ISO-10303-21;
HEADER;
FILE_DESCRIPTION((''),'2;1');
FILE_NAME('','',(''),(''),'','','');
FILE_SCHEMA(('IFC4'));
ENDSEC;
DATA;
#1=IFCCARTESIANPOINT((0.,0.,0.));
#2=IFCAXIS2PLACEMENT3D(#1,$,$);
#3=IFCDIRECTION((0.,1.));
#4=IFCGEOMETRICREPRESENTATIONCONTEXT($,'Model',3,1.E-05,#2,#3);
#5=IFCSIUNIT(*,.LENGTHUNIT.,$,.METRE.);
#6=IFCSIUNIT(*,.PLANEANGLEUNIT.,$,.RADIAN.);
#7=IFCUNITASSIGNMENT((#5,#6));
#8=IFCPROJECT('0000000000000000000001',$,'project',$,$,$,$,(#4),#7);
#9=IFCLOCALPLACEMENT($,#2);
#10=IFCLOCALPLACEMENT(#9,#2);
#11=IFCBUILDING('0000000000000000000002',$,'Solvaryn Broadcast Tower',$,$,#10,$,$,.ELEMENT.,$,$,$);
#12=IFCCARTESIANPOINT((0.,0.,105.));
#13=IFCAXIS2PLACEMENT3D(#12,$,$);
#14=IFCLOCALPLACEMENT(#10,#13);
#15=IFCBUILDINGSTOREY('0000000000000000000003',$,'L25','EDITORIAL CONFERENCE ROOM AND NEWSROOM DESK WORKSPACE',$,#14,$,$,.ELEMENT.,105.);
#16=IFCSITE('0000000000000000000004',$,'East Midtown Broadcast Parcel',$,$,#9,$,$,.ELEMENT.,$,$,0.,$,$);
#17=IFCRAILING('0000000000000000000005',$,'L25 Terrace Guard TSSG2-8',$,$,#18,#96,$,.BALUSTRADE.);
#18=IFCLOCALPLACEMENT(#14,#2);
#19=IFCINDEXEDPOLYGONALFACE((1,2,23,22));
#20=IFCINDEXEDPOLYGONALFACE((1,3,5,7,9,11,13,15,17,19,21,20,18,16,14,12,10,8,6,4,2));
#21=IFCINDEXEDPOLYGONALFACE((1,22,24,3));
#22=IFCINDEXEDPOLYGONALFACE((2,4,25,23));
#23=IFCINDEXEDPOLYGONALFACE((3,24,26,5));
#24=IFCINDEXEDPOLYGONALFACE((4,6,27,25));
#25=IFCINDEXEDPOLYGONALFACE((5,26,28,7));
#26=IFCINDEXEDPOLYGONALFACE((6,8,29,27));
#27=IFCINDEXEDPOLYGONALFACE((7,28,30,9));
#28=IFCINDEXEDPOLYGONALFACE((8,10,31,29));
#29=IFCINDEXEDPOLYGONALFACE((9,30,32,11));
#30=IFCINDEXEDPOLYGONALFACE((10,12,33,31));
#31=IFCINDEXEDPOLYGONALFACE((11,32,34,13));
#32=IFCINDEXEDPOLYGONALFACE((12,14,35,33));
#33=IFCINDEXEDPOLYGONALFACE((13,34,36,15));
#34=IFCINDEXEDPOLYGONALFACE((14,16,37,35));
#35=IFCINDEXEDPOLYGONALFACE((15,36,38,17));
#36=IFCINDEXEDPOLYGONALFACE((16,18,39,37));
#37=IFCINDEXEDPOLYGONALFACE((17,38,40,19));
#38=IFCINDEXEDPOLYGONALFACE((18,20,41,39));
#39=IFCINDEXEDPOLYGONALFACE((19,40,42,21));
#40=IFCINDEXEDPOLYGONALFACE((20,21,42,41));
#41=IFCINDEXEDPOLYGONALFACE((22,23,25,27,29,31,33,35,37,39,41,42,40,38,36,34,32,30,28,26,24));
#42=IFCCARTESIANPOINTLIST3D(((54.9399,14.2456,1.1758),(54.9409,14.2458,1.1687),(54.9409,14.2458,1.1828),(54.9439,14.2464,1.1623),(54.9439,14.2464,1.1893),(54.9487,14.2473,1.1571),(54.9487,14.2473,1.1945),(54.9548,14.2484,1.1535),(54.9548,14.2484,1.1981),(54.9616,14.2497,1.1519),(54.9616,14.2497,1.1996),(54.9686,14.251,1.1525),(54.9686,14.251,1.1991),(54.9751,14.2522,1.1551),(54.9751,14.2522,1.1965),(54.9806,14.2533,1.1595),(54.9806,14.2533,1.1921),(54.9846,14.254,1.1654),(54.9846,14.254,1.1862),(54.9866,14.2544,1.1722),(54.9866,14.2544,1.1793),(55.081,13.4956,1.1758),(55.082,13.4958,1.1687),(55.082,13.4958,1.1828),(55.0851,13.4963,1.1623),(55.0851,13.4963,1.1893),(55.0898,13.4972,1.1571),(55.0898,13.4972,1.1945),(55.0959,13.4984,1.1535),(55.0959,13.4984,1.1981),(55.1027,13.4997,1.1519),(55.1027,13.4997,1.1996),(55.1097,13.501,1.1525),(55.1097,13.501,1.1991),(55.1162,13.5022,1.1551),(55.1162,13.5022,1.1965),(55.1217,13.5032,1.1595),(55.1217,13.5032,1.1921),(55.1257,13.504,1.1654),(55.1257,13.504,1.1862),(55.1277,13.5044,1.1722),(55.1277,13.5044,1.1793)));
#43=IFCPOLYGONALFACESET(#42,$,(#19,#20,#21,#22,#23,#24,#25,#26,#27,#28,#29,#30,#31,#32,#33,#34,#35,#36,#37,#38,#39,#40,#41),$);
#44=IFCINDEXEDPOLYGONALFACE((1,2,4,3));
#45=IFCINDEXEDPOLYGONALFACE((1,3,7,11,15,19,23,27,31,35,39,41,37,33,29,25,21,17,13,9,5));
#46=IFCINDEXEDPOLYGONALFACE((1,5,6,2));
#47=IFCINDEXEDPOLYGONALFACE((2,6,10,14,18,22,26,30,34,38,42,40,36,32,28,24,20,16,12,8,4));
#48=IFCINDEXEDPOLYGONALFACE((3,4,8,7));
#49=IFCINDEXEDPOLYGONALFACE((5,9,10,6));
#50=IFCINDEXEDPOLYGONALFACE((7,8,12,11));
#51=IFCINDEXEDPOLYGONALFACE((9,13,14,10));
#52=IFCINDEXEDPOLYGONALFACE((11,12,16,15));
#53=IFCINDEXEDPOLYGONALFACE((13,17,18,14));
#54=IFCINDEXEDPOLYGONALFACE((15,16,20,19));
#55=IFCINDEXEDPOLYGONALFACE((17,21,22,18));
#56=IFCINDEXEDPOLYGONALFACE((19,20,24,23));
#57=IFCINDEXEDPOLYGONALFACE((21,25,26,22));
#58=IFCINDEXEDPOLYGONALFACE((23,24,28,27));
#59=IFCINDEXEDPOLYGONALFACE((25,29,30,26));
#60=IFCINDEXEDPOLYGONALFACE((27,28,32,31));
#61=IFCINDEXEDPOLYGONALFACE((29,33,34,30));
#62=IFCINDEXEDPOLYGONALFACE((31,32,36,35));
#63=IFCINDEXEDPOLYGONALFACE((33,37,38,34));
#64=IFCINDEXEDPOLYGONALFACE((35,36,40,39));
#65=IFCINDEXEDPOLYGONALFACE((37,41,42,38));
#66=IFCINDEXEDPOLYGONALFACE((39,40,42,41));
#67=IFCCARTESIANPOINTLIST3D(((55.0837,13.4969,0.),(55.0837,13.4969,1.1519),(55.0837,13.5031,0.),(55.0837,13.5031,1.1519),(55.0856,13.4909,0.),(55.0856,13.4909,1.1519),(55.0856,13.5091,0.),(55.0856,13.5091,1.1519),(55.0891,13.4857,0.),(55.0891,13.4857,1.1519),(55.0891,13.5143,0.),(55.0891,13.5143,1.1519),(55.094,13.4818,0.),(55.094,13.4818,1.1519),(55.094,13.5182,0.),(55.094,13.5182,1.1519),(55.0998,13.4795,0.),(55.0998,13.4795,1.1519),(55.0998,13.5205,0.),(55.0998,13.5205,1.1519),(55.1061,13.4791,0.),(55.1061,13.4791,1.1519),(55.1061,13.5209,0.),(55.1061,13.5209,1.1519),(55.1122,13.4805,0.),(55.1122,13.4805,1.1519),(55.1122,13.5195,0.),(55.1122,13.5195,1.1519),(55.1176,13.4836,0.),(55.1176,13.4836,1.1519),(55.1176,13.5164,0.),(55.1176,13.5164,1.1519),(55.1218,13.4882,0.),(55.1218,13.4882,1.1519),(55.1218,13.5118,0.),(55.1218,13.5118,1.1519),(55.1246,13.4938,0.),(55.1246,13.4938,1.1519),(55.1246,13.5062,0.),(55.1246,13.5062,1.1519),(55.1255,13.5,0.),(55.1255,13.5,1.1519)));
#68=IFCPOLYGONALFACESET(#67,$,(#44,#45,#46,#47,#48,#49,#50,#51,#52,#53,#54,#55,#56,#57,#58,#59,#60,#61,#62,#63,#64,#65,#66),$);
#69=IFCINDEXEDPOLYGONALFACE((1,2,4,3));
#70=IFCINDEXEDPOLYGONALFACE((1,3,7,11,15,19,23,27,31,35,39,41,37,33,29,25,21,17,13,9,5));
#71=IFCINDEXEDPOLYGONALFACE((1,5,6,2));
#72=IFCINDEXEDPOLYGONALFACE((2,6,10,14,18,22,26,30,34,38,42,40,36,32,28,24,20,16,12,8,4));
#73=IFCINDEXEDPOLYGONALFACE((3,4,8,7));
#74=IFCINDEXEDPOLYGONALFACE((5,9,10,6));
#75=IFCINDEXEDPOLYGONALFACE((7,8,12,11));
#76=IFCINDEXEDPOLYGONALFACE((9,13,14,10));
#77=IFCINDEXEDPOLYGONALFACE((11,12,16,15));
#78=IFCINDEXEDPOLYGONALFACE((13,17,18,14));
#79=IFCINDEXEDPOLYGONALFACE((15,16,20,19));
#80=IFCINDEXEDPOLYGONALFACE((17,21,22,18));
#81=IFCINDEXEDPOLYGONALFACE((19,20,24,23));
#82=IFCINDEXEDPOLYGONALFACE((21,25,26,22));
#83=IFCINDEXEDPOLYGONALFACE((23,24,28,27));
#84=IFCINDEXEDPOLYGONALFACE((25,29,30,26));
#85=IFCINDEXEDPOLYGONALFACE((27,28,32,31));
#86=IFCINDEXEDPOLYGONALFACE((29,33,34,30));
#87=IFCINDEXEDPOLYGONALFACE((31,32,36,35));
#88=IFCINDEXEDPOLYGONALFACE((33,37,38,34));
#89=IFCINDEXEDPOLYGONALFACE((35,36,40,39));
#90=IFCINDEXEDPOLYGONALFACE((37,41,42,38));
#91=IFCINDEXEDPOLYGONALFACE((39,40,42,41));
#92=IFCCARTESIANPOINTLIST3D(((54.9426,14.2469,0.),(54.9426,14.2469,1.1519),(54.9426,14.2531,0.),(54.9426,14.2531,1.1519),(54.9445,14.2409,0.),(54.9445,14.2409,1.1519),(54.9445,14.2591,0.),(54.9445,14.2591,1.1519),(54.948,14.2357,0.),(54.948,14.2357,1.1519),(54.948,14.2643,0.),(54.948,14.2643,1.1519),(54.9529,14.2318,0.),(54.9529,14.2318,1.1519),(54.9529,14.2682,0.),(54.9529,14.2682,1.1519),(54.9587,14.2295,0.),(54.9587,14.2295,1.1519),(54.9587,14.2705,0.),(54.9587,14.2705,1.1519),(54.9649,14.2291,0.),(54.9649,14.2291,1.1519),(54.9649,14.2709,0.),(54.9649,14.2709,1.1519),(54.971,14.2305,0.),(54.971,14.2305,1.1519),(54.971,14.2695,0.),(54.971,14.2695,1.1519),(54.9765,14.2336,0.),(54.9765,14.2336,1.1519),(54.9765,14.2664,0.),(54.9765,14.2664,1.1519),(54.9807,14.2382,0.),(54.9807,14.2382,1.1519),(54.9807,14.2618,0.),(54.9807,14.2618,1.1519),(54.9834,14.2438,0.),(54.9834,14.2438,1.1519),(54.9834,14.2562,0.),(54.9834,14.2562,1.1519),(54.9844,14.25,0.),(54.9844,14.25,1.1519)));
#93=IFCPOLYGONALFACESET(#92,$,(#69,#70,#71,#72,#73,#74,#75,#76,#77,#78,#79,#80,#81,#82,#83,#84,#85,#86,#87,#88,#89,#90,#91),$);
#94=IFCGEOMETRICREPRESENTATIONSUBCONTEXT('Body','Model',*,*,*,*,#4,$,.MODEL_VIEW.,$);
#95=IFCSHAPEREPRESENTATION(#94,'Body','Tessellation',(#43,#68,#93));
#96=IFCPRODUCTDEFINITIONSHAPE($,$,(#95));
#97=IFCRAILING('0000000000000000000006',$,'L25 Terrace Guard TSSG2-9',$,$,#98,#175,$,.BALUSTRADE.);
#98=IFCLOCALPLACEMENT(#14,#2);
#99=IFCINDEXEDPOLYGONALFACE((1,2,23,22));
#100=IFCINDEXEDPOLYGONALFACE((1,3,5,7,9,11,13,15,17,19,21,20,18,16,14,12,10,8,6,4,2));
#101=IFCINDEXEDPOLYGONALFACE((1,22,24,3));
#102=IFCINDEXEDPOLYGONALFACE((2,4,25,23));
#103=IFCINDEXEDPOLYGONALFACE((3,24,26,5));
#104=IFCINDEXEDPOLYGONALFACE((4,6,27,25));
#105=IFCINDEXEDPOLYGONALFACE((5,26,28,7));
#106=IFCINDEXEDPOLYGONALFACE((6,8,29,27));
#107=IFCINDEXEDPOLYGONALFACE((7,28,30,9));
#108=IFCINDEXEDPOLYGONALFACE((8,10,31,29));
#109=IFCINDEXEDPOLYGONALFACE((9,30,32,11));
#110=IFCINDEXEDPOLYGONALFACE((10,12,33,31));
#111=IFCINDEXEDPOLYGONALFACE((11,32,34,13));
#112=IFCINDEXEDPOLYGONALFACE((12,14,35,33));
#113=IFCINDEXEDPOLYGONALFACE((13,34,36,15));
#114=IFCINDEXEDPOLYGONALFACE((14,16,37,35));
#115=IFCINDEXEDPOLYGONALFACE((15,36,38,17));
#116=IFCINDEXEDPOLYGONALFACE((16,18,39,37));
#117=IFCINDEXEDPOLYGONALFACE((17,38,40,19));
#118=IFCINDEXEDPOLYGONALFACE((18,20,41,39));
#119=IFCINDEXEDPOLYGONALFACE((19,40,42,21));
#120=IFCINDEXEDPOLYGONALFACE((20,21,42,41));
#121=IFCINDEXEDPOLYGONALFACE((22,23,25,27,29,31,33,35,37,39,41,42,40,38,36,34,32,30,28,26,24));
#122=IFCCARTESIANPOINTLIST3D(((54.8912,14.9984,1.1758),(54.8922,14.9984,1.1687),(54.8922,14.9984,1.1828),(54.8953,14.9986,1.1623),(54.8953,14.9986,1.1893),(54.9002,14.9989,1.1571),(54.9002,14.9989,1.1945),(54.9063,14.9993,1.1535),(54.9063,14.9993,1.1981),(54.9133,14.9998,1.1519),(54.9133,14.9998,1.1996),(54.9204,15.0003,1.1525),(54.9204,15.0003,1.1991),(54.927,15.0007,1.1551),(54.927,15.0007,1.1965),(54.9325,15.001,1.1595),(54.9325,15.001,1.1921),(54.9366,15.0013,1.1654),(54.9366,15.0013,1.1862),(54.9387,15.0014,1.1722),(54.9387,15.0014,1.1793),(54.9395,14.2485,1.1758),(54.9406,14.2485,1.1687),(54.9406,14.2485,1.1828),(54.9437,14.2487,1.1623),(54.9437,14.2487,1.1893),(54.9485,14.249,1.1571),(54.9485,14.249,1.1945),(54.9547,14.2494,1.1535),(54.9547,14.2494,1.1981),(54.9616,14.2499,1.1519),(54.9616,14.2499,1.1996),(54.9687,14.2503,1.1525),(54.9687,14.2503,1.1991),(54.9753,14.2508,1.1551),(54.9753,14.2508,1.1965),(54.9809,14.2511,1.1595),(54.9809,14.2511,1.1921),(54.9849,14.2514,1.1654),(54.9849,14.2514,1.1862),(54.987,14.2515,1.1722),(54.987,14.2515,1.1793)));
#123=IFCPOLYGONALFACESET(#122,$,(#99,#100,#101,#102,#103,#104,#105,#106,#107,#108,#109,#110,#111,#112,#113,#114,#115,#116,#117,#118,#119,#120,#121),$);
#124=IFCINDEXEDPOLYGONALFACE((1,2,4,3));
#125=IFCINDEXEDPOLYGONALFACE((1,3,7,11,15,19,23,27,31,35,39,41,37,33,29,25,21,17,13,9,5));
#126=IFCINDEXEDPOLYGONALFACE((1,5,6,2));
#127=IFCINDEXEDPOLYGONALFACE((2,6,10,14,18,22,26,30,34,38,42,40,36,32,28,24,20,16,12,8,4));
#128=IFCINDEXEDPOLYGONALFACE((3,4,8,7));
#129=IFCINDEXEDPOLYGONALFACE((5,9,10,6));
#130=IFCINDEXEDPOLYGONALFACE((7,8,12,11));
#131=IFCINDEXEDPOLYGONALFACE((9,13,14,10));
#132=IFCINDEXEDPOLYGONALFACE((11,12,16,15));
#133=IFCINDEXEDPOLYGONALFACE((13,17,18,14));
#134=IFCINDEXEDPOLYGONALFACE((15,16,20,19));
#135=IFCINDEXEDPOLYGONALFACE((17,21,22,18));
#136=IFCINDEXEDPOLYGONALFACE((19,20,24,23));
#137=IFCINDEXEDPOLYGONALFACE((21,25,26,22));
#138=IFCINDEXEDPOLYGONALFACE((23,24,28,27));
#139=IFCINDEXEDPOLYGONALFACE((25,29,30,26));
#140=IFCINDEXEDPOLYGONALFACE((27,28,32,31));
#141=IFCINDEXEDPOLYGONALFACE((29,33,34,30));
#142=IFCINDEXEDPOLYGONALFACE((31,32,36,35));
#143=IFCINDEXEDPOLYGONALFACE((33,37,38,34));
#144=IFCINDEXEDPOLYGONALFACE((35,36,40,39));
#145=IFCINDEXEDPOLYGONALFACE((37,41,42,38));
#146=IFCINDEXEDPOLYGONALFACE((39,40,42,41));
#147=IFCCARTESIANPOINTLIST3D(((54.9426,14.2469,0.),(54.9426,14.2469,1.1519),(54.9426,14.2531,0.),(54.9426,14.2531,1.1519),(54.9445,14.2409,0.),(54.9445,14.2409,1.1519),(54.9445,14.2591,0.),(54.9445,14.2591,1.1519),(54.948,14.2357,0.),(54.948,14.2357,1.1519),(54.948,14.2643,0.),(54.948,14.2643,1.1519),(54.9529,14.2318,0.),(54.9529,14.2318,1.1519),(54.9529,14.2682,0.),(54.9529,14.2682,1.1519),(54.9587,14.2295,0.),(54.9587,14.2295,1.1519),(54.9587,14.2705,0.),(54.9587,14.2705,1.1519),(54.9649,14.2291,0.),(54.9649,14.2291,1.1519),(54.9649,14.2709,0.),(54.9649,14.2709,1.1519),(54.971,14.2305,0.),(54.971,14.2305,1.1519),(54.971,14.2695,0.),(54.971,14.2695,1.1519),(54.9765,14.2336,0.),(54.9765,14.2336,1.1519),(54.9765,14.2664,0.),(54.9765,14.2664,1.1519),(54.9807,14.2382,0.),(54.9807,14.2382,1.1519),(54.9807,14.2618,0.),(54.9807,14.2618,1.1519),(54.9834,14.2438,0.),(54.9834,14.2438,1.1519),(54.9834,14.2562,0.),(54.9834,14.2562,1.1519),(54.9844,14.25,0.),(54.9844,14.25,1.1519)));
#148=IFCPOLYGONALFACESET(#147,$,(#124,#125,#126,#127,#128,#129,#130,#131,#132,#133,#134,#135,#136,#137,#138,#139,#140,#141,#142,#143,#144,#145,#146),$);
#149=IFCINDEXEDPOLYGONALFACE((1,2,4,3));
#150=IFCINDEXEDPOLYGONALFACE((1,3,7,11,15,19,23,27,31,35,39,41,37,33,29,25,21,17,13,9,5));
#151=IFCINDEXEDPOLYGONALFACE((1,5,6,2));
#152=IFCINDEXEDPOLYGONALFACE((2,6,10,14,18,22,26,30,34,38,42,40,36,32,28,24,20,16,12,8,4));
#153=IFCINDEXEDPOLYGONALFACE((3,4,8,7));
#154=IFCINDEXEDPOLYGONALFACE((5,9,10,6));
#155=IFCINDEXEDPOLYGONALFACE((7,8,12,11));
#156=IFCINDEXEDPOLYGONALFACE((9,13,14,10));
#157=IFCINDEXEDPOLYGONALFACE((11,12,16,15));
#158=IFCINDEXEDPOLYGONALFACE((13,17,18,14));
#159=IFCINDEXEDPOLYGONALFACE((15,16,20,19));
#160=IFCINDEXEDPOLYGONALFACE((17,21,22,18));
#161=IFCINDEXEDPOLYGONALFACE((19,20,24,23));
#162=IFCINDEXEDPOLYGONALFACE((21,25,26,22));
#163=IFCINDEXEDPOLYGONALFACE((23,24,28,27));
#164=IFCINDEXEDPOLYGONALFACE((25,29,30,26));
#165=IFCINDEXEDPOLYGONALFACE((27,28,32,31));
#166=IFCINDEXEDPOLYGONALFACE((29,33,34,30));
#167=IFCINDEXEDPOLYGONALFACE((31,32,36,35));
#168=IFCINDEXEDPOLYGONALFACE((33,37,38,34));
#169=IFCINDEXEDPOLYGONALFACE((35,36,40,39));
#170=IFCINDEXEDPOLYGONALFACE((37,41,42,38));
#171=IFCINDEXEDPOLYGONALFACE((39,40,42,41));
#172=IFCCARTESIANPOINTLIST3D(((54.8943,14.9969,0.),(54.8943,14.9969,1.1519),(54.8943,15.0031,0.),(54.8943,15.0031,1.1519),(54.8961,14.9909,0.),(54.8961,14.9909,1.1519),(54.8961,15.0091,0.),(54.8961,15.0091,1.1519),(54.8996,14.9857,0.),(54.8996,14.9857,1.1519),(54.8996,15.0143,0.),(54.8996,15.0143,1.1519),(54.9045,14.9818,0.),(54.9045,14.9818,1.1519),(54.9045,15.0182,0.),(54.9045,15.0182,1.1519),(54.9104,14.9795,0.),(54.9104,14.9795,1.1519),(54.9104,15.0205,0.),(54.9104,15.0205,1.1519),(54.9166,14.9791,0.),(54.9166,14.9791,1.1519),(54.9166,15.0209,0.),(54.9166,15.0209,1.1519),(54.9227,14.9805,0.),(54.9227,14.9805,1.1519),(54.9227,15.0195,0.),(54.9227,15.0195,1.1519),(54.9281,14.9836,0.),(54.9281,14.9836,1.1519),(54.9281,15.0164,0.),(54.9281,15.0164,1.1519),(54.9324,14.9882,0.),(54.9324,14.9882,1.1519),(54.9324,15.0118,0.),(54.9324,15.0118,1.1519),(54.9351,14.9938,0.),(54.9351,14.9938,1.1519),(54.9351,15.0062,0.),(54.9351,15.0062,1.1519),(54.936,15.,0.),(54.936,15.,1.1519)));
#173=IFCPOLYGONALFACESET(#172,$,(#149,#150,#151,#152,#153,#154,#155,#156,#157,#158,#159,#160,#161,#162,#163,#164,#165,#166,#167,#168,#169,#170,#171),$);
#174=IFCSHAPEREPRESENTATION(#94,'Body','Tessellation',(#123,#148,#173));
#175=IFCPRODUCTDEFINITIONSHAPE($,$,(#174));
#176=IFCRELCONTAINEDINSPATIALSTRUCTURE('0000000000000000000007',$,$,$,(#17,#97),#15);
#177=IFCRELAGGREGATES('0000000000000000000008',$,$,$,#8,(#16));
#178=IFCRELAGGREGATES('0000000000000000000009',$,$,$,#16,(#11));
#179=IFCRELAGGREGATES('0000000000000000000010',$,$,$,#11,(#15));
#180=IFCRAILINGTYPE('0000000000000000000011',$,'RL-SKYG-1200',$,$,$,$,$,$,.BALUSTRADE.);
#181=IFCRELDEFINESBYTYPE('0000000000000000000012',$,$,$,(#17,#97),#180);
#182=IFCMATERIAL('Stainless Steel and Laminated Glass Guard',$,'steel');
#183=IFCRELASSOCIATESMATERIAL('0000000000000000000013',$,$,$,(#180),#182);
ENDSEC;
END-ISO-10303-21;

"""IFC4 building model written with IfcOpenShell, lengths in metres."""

from ifc_helpers import new_model, si_unit, direction, frame, origin, origin_2d, place, context, subcontext, project, spatial, circle, extrude, material, type_object, element, save


model = new_model("IFC4")

# Units and contexts
model_context = context("Model", 3, precision=1e-05, world=origin(), true_north=direction((0.0, 1.0)))
body_context = subcontext(model_context, "Body", "Model", "MODEL_VIEW")
ifc_project = project(units=[si_unit("LENGTHUNIT", "METRE"), si_unit("PLANEANGLEUNIT", "RADIAN")], contexts=[model_context])

# Site, building, storey
site_placement = place(None, origin())
site = spatial("IfcSite", under=ifc_project, at=site_placement, Name="East Midtown Broadcast Parcel", CompositionType="ELEMENT", RefElevation=0.0)
building_placement = place(site_placement, origin())
building = spatial("IfcBuilding", under=site, at=building_placement, Name="Solvaryn Broadcast Tower", CompositionType="ELEMENT")
storey_placement = place(building_placement, frame((0.0, 0.0, 105.0)))
storey = spatial("IfcBuildingStorey", under=building, at=storey_placement, Name="L25", Description="EDITORIAL CONFERENCE ROOM AND NEWSROOM DESK WORKSPACE", CompositionType="ELEMENT", Elevation=105.0)

# Railings
ifc_material_1 = material(Name="Stainless Steel and Laminated Glass Guard", Category="steel")
railing_type = type_object("IfcRailingType", Name="RL-SKYG-1200", PredefinedType="BALUSTRADE", material=ifc_material_1)
railing_1_placement = place(storey_placement, frame((55.1045, 13.5, 0.0)))
element("IfcRailing", 1, at=railing_1_placement, inside=storey, type_object=railing_type, Name="L25 Terrace Guard TSSG2-8", PredefinedType="BALUSTRADE", context=body_context, shape_type="SweptSolid", body=[
    extrude(circle(Radius=0.0239, at=origin_2d()), frame((0.0, 0.0, 1.1758), z_axis=(-0.184907, 0.982756, 0.0), x_axis=(-0.982756, -0.184907, 0.0)), (0.0, 0.0, 1.0), 0.7632),
    extrude(circle(Radius=0.021, at=origin_2d()), origin(), (0.0, 0.0, 1.0), 1.1519),
    extrude(circle(Radius=0.021, at=origin_2d()), frame((-0.1411, 0.75, 0.0)), (0.0, 0.0, 1.0), 1.1519),
])
railing_2_placement = place(storey_placement, frame((54.9634, 14.25, 0.0)))
element("IfcRailing", 2, at=railing_2_placement, inside=storey, type_object=railing_type, Name="L25 Terrace Guard TSSG2-9", PredefinedType="BALUSTRADE", context=body_context, shape_type="SweptSolid", body=[
    extrude(circle(Radius=0.0239, at=origin_2d()), frame((0.0, 0.0, 1.1758), z_axis=(-0.06432, 0.997929, 0.0), x_axis=(-0.997929, -0.06432, 0.0)), (0.0, 0.0, 1.0), 0.7515),
    extrude(circle(Radius=0.021, at=origin_2d()), origin(), (0.0, 0.0, 1.0), 1.1519),
    extrude(circle(Radius=0.021, at=origin_2d()), frame((-0.0483, 0.75, 0.0)), (0.0, 0.0, 1.0), 1.1519),
])

save(model, "model.ifc")
